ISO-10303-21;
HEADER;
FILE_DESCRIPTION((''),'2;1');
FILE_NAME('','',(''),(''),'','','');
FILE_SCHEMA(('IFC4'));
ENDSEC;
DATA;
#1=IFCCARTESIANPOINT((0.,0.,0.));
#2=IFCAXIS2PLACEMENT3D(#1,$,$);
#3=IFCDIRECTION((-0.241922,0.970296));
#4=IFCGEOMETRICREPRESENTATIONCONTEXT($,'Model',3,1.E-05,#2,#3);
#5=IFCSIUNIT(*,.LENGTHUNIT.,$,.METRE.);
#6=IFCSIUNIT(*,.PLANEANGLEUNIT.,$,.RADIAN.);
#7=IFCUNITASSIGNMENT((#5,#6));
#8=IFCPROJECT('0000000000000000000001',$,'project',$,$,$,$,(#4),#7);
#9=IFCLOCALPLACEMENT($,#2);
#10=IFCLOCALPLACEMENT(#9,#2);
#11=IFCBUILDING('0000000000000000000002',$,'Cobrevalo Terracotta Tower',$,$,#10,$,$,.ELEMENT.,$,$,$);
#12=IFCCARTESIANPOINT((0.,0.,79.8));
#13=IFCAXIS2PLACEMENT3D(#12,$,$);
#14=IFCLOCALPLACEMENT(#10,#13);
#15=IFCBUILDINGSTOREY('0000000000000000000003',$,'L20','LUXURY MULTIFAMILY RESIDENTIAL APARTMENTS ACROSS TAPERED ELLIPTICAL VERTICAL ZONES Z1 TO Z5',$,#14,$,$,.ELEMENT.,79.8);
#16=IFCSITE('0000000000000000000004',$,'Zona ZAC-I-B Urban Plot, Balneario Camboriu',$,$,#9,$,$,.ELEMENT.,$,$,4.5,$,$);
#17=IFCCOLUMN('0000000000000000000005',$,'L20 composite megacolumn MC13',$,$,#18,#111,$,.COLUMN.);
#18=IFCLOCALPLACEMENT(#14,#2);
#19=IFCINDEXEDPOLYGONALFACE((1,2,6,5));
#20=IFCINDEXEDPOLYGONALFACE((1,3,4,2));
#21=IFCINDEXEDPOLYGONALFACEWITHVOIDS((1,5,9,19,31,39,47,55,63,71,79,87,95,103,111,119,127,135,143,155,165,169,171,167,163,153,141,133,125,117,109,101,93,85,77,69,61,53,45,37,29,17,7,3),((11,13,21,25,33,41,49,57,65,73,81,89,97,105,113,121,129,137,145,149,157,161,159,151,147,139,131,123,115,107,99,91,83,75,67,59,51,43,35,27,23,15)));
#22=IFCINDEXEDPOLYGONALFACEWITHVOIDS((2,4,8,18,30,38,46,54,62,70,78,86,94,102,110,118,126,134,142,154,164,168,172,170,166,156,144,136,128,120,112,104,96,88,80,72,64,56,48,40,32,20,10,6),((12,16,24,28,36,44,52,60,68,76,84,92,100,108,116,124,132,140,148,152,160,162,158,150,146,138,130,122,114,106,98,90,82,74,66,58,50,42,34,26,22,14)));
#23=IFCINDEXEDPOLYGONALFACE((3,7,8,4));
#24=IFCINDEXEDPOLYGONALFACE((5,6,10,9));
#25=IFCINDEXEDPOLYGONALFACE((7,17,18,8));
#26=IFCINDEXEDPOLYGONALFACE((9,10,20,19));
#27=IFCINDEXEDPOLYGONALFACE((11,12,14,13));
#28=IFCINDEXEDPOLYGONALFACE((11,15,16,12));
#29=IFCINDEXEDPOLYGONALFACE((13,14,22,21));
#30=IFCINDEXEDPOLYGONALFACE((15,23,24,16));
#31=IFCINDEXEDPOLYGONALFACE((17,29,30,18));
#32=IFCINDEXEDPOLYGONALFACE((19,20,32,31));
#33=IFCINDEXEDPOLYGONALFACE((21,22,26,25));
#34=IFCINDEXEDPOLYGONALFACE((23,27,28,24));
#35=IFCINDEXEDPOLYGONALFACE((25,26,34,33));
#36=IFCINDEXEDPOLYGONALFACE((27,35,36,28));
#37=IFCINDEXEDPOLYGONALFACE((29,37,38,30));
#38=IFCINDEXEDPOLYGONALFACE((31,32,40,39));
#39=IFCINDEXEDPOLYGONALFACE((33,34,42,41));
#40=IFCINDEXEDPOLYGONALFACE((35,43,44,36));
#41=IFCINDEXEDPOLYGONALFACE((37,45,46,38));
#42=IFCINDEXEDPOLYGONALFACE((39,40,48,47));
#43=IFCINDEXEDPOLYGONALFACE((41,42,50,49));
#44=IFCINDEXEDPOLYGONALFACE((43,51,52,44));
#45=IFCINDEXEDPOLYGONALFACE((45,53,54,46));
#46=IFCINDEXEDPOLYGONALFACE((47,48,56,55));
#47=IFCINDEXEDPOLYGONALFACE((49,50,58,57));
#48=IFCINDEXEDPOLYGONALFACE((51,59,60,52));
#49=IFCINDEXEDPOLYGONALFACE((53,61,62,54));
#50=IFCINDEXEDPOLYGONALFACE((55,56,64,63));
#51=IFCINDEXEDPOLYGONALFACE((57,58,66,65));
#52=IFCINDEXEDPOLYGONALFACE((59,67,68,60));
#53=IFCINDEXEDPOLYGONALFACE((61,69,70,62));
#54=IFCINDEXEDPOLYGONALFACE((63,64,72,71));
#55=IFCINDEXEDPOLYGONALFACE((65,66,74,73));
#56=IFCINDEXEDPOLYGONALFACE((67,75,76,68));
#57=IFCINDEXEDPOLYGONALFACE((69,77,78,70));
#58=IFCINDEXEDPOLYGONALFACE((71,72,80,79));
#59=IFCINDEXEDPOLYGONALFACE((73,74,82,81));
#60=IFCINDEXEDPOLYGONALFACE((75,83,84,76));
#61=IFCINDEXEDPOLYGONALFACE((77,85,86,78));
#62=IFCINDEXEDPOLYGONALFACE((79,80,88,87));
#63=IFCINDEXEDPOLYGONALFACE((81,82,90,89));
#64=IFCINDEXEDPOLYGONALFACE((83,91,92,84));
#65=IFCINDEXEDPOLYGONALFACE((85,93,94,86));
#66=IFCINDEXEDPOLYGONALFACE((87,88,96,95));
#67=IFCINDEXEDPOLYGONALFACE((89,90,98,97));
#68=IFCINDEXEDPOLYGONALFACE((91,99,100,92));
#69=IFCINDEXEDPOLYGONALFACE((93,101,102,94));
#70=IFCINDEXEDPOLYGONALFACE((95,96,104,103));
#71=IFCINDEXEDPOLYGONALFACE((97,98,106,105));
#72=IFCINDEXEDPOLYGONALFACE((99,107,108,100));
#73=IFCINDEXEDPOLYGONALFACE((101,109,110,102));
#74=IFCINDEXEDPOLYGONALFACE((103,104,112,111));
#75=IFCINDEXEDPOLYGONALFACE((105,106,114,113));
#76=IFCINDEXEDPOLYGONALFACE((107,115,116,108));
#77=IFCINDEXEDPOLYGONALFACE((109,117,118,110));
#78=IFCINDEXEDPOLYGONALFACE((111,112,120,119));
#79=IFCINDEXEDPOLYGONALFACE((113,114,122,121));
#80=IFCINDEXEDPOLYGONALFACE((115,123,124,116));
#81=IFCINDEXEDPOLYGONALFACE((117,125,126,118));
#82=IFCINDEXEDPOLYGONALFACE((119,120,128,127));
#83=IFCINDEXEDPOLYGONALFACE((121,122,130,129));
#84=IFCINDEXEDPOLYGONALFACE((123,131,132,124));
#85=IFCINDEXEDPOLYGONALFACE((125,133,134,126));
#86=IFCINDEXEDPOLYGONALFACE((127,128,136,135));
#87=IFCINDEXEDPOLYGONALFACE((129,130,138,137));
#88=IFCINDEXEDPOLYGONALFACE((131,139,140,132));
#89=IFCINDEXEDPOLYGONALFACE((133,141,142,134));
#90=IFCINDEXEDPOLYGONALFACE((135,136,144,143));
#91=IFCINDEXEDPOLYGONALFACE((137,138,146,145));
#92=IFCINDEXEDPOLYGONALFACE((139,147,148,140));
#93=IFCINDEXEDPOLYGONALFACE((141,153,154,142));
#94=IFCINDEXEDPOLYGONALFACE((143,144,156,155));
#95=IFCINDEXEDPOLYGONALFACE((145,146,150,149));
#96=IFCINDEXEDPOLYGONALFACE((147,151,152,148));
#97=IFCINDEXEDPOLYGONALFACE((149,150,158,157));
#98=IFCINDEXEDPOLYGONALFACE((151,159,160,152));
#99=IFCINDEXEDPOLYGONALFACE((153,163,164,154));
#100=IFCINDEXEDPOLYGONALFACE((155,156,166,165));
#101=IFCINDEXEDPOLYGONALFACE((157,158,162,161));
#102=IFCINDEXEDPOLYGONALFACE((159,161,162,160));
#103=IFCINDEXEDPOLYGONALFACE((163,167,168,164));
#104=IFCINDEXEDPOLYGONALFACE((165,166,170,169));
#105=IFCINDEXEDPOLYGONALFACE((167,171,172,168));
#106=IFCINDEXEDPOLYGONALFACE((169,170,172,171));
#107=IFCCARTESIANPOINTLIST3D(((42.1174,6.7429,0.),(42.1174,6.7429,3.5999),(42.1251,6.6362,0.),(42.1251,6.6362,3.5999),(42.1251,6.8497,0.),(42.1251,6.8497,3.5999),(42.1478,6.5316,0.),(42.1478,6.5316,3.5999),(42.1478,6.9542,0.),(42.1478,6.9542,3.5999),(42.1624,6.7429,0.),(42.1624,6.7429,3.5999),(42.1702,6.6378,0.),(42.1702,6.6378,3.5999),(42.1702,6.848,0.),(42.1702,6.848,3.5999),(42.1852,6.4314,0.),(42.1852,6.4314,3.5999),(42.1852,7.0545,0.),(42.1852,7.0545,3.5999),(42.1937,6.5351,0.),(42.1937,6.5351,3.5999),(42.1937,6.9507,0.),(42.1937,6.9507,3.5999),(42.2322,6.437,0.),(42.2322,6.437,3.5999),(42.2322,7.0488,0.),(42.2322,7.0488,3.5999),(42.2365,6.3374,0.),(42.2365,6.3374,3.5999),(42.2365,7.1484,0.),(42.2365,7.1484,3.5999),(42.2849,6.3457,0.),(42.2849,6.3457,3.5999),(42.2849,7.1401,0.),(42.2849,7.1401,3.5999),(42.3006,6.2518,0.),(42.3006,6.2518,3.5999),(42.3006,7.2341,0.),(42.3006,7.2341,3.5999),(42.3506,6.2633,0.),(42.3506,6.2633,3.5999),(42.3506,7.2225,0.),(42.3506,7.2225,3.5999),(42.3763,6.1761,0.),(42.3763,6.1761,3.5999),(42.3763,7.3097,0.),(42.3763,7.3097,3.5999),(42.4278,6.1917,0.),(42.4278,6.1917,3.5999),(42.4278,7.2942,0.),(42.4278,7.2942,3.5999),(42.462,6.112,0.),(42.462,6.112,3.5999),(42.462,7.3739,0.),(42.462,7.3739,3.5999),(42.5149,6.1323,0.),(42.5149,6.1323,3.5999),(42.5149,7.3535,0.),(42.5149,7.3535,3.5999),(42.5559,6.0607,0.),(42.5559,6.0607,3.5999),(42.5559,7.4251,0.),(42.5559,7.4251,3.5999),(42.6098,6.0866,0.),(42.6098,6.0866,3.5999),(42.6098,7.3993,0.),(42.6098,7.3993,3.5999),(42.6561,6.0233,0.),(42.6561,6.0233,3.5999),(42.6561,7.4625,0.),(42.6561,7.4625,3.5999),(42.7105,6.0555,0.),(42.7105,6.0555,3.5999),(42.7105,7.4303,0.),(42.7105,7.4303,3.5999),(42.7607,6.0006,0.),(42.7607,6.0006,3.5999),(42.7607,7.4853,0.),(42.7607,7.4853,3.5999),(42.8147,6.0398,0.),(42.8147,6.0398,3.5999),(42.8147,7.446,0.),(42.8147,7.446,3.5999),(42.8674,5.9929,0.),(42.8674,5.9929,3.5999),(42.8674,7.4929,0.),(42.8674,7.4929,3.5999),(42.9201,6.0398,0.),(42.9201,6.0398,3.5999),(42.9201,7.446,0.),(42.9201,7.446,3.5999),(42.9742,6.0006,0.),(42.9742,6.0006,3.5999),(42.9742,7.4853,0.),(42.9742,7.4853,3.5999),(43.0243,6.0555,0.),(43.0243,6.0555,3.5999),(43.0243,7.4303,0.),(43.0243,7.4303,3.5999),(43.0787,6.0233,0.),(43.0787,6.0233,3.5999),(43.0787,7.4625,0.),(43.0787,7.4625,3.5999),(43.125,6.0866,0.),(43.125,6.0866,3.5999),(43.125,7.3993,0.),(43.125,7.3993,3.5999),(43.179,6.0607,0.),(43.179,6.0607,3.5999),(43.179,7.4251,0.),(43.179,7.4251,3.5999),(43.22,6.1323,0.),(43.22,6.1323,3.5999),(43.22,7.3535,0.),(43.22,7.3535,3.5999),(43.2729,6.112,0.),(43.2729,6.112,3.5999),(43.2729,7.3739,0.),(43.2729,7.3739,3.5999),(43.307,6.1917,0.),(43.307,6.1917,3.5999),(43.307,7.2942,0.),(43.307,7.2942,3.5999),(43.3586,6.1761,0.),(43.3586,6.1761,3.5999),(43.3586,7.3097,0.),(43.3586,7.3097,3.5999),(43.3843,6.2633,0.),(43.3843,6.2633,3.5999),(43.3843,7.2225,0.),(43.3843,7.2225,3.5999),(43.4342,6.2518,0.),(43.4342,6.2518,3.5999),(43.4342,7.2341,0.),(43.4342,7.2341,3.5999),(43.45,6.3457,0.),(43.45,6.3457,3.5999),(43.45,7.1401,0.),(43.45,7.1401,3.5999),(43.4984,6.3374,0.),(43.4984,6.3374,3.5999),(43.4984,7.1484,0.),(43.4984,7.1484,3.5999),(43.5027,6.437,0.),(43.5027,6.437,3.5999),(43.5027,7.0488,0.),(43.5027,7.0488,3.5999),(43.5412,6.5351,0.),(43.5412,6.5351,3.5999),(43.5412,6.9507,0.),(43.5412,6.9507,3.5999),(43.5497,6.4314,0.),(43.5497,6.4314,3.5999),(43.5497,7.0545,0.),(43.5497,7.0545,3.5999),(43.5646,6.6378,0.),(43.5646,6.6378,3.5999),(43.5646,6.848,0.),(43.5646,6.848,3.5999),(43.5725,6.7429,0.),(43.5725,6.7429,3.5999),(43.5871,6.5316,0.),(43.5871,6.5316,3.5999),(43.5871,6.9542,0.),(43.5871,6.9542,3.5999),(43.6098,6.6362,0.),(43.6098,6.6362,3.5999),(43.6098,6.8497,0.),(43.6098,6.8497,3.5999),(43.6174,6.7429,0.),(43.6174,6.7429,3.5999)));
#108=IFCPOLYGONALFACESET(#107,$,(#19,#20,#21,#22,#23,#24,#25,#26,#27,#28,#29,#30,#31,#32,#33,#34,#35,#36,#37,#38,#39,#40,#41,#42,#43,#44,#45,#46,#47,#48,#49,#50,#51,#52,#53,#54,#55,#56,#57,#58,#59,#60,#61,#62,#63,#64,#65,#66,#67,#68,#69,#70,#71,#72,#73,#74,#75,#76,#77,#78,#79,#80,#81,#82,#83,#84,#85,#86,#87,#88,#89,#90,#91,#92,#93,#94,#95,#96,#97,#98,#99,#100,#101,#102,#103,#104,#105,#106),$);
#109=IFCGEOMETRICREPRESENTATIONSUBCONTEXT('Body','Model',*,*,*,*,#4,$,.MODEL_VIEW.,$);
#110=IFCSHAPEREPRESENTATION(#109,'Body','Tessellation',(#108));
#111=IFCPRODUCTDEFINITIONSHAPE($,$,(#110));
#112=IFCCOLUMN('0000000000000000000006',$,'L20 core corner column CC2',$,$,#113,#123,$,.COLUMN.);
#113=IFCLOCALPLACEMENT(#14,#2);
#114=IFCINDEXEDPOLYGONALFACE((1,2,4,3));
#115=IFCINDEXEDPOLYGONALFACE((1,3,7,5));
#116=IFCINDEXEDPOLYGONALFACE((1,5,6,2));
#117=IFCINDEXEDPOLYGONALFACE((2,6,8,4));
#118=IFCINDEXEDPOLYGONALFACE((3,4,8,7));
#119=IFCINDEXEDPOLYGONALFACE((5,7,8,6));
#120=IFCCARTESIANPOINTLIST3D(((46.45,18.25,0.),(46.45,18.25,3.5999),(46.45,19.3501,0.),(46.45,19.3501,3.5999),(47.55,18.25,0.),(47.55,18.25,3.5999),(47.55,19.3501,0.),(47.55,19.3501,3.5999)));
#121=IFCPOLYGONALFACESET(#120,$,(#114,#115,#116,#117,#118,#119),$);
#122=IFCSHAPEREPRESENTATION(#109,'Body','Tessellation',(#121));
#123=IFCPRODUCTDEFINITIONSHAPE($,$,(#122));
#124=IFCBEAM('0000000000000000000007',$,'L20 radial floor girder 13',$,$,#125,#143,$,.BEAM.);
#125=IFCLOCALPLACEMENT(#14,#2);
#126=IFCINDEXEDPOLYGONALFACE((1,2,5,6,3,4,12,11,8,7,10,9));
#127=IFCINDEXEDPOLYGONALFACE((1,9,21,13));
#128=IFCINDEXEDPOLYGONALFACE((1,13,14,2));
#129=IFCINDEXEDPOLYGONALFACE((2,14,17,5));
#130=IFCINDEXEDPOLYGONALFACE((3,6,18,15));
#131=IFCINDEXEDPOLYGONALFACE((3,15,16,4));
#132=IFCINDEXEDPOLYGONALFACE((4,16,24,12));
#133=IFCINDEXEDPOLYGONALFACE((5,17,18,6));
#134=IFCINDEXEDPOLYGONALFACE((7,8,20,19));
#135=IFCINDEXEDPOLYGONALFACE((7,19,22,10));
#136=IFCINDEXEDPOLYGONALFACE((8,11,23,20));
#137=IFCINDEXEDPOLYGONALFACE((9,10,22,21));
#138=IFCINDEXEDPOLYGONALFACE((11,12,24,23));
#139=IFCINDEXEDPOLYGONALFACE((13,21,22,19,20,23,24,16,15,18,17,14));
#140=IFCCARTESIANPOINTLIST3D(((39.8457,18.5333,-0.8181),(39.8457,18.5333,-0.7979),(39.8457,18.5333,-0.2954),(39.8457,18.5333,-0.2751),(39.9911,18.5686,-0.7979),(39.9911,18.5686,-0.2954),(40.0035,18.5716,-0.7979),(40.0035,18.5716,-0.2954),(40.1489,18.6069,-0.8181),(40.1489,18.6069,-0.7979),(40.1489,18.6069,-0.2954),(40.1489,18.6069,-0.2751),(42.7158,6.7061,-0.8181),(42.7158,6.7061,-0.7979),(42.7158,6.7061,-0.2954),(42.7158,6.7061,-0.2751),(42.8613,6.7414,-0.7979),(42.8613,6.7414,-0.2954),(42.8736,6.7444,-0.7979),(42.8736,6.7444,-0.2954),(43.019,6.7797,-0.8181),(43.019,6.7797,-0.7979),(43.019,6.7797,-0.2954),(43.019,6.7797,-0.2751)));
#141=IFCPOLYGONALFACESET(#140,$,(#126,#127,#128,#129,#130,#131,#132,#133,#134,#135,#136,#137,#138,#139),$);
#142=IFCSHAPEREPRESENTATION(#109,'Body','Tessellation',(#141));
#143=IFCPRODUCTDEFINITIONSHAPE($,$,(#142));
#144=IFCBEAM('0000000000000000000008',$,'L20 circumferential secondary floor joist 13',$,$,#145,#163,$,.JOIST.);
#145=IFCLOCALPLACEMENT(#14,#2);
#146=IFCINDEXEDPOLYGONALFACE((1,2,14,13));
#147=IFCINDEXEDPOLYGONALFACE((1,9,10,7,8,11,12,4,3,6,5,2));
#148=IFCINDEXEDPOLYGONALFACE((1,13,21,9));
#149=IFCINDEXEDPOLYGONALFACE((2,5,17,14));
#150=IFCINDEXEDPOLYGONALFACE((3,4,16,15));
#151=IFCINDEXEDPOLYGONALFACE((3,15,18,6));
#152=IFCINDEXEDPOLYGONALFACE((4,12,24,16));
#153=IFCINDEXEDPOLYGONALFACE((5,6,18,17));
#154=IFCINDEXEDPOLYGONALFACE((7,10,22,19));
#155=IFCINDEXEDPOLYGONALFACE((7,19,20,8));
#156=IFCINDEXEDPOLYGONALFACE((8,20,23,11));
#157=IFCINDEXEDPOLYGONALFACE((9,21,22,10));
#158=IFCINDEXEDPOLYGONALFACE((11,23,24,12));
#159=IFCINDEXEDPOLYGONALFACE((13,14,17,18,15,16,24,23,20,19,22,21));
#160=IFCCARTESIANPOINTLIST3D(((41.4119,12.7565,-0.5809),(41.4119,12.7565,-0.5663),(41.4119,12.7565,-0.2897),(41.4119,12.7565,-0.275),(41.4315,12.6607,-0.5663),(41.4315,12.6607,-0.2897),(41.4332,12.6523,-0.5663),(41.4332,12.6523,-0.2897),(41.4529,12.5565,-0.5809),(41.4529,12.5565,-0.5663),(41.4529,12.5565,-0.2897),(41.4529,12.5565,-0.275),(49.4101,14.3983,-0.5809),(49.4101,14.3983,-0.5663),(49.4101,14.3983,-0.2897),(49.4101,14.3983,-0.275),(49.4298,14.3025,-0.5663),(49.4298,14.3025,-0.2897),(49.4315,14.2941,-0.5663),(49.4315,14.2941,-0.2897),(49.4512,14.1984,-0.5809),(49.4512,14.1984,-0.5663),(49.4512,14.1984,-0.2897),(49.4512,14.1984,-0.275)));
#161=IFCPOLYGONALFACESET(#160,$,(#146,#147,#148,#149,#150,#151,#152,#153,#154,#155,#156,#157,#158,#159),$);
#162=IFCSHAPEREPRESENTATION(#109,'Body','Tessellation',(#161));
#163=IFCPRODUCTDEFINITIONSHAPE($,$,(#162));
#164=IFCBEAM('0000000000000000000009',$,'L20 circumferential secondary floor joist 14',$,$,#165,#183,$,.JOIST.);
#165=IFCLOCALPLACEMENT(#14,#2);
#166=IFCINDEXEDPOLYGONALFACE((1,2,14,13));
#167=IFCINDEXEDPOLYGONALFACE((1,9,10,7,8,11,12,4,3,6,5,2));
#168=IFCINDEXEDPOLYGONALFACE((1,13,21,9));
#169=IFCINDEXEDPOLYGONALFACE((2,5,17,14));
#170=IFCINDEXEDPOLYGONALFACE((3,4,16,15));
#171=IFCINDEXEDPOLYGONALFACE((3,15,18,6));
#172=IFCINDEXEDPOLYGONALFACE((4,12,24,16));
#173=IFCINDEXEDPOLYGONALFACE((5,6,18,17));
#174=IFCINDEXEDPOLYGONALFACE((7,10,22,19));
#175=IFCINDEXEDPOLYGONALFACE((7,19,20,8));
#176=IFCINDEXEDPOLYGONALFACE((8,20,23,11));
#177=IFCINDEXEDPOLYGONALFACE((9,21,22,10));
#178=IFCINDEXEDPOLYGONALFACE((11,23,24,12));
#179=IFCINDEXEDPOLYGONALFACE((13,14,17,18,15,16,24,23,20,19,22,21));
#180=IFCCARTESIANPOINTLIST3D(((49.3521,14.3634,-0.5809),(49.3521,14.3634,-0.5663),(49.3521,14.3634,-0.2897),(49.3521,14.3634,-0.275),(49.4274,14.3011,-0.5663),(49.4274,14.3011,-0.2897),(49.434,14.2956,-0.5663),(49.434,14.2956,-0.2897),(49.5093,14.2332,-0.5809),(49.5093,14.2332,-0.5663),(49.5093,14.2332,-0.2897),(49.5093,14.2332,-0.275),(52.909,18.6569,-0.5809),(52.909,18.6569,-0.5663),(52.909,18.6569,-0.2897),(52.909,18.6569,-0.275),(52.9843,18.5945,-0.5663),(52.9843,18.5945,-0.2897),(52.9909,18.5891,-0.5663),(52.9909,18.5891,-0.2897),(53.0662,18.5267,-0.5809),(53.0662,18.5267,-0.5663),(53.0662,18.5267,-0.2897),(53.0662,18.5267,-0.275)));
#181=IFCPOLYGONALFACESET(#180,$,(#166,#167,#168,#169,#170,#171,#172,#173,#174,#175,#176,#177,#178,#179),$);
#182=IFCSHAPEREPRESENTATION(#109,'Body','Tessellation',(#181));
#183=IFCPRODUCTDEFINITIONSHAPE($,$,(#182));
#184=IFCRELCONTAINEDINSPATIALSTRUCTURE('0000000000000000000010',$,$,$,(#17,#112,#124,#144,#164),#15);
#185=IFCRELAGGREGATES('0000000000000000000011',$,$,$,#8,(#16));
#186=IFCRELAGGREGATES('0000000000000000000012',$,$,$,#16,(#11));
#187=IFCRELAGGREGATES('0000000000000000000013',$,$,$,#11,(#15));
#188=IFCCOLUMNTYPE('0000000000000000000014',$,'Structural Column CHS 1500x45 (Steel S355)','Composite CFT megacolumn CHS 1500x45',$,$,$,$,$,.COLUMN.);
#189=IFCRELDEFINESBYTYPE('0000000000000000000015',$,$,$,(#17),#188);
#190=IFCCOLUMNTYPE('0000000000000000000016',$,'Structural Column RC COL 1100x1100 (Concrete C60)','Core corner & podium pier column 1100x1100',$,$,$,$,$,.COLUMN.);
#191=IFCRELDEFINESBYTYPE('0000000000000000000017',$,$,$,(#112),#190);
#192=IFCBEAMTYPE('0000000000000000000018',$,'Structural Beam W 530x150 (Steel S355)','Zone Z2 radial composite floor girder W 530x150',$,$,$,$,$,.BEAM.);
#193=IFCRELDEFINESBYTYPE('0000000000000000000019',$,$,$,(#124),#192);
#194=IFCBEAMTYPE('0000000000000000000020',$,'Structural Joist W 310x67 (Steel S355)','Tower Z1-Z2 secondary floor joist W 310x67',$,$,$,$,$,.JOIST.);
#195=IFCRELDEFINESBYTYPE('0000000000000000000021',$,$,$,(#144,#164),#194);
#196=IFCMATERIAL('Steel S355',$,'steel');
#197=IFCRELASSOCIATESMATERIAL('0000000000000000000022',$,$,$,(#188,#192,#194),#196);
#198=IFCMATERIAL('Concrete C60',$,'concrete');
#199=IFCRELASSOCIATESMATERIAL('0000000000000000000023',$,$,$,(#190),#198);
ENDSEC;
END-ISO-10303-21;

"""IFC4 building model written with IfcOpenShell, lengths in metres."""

from ifc_helpers import new_model, si_unit, direction, frame, origin, origin_2d, place, context, subcontext, project, spatial, rectangle, hollow_circle, i_section, extrude, material, material_profile, profile_set, type_object, element, save


model = new_model("IFC4")

# Units and contexts
model_context = context("Model", 3, precision=1e-05, world=origin(), true_north=direction((-0.241922, 0.970296)))
body_context = subcontext(model_context, "Body", "Model", "MODEL_VIEW")
ifc_project = project(units=[si_unit("LENGTHUNIT", "METRE"), si_unit("PLANEANGLEUNIT", "RADIAN")], contexts=[model_context])

# Site, building, storey
site_placement = place(None, origin())
site = spatial("IfcSite", under=ifc_project, at=site_placement, Name="Zona ZAC-I-B Urban Plot, Balneario Camboriu", CompositionType="ELEMENT", RefElevation=4.5)
building_placement = place(site_placement, origin())
building = spatial("IfcBuilding", under=site, at=building_placement, Name="Cobrevalo Terracotta Tower", CompositionType="ELEMENT")
storey_placement = place(building_placement, frame((0.0, 0.0, 79.8)))
storey = spatial("IfcBuildingStorey", under=building, at=storey_placement, Name="L20", Description="LUXURY MULTIFAMILY RESIDENTIAL APARTMENTS ACROSS TAPERED ELLIPTICAL VERTICAL ZONES Z1 TO Z5", CompositionType="ELEMENT", Elevation=79.8)

# Columns
ifc_material_1 = material(Name="Steel S355", Category="steel")
ifc_material_profile_1 = material_profile(ifc_material_1, hollow_circle(Radius=0.75, WallThickness=0.0449, at=origin_2d()), Name="CHS 1500x45")
ifc_profile_set_1 = profile_set([ifc_material_profile_1], Name="Steel S355")
column_type_1 = type_object("IfcColumnType", Name="Structural Column CHS 1500x45 (Steel S355)", Description="Composite CFT megacolumn CHS 1500x45", PredefinedType="COLUMN", material=ifc_profile_set_1)
column_1_placement = place(storey_placement, frame((42.8674, 6.7429, 0.0), z_axis=(0.0, 0.0, 1.0), x_axis=(1.0, 0.0, 0.0)))
element("IfcColumn", 1, at=column_1_placement, inside=storey, type_object=column_type_1, Name="L20 composite megacolumn MC13", PredefinedType="COLUMN", context=body_context, shape_type="SweptSolid", body=[
    extrude(hollow_circle(Radius=0.75, WallThickness=0.0449, at=origin_2d()), origin(), (0.0, 0.0, 1.0), 3.5999),
])
ifc_material_2 = material(Name="Concrete C60", Category="concrete")
ifc_material_profile_2 = material_profile(ifc_material_2, rectangle(XDim=1.1001, YDim=1.1001, at=origin_2d()), Name="RC COL 1100x1100")
ifc_profile_set_2 = profile_set([ifc_material_profile_2], Name="Concrete C60")
column_type_2 = type_object("IfcColumnType", Name="Structural Column RC COL 1100x1100 (Concrete C60)", Description="Core corner & podium pier column 1100x1100", PredefinedType="COLUMN", material=ifc_profile_set_2)
column_2_placement = place(storey_placement, frame((47.0, 18.8, 0.0), z_axis=(0.0, 0.0, 1.0), x_axis=(1.0, 0.0, 0.0)))
element("IfcColumn", 2, at=column_2_placement, inside=storey, type_object=column_type_2, Name="L20 core corner column CC2", PredefinedType="COLUMN", context=body_context, shape_type="SweptSolid", body=[
    extrude(rectangle(XDim=1.1001, YDim=1.1001, at=origin_2d()), origin(), (0.0, 0.0, 1.0), 3.5999),
])

# Beams
ifc_material_profile_3 = material_profile(ifc_material_1, i_section(OverallWidth=0.312, OverallDepth=0.543, WebThickness=0.0127, FlangeThickness=0.0203, at=origin_2d()), Name="W 530x150")
ifc_profile_set_3 = profile_set([ifc_material_profile_3], Name="Steel S355")
beam_type_1 = type_object("IfcBeamType", Name="Structural Beam W 530x150 (Steel S355)", Description="Zone Z2 radial composite floor girder W 530x150", PredefinedType="BEAM", material=ifc_profile_set_3)
beam_1_placement = place(storey_placement, frame((42.8674, 6.7429, -0.5466), z_axis=(-0.235827, 0.971795, 0.0), x_axis=(-0.971795, -0.235827, 0.0)))
element("IfcBeam", 3, at=beam_1_placement, inside=storey, type_object=beam_type_1, Name="L20 radial floor girder 13", PredefinedType="BEAM", context=body_context, shape_type="SweptSolid", body=[
    extrude(i_section(OverallWidth=0.312, OverallDepth=0.543, WebThickness=0.0127, FlangeThickness=0.0203, at=origin_2d()), origin(), (0.0, 0.0, 1.0), 12.1704),
])
ifc_material_profile_4 = material_profile(ifc_material_1, i_section(OverallWidth=0.2041, OverallDepth=0.3059, WebThickness=0.0085, FlangeThickness=0.0146, at=origin_2d()), Name="W 310x67")
ifc_profile_set_4 = profile_set([ifc_material_profile_4], Name="Steel S355")
beam_type_2 = type_object("IfcBeamType", Name="Structural Joist W 310x67 (Steel S355)", Description="Tower Z1-Z2 secondary floor joist W 310x67", PredefinedType="JOIST", material=ifc_profile_set_4)
beam_2_placement = place(storey_placement, frame((41.4324, 12.6565, -0.428), z_axis=(0.979574, 0.201082, 0.0), x_axis=(-0.201082, 0.979574, 0.0)))
element("IfcBeam", 4, at=beam_2_placement, inside=storey, type_object=beam_type_2, Name="L20 circumferential secondary floor joist 13", PredefinedType="JOIST", context=body_context, shape_type="SweptSolid", body=[
    extrude(i_section(OverallWidth=0.2041, OverallDepth=0.3059, WebThickness=0.0085, FlangeThickness=0.0146, at=origin_2d()), origin(), (0.0, 0.0, 1.0), 8.165),
])
beam_3_placement = place(storey_placement, frame((49.4307, 14.2983, -0.428), z_axis=(0.637959, 0.77007, 0.0), x_axis=(-0.77007, 0.637959, 0.0)))
element("IfcBeam", 5, at=beam_3_placement, inside=storey, type_object=beam_type_2, Name="L20 circumferential secondary floor joist 14", PredefinedType="JOIST", context=body_context, shape_type="SweptSolid", body=[
    extrude(i_section(OverallWidth=0.2041, OverallDepth=0.3059, WebThickness=0.0085, FlangeThickness=0.0146, at=origin_2d()), origin(), (0.0, 0.0, 1.0), 5.5754),
])

save(model, "model.ifc")
